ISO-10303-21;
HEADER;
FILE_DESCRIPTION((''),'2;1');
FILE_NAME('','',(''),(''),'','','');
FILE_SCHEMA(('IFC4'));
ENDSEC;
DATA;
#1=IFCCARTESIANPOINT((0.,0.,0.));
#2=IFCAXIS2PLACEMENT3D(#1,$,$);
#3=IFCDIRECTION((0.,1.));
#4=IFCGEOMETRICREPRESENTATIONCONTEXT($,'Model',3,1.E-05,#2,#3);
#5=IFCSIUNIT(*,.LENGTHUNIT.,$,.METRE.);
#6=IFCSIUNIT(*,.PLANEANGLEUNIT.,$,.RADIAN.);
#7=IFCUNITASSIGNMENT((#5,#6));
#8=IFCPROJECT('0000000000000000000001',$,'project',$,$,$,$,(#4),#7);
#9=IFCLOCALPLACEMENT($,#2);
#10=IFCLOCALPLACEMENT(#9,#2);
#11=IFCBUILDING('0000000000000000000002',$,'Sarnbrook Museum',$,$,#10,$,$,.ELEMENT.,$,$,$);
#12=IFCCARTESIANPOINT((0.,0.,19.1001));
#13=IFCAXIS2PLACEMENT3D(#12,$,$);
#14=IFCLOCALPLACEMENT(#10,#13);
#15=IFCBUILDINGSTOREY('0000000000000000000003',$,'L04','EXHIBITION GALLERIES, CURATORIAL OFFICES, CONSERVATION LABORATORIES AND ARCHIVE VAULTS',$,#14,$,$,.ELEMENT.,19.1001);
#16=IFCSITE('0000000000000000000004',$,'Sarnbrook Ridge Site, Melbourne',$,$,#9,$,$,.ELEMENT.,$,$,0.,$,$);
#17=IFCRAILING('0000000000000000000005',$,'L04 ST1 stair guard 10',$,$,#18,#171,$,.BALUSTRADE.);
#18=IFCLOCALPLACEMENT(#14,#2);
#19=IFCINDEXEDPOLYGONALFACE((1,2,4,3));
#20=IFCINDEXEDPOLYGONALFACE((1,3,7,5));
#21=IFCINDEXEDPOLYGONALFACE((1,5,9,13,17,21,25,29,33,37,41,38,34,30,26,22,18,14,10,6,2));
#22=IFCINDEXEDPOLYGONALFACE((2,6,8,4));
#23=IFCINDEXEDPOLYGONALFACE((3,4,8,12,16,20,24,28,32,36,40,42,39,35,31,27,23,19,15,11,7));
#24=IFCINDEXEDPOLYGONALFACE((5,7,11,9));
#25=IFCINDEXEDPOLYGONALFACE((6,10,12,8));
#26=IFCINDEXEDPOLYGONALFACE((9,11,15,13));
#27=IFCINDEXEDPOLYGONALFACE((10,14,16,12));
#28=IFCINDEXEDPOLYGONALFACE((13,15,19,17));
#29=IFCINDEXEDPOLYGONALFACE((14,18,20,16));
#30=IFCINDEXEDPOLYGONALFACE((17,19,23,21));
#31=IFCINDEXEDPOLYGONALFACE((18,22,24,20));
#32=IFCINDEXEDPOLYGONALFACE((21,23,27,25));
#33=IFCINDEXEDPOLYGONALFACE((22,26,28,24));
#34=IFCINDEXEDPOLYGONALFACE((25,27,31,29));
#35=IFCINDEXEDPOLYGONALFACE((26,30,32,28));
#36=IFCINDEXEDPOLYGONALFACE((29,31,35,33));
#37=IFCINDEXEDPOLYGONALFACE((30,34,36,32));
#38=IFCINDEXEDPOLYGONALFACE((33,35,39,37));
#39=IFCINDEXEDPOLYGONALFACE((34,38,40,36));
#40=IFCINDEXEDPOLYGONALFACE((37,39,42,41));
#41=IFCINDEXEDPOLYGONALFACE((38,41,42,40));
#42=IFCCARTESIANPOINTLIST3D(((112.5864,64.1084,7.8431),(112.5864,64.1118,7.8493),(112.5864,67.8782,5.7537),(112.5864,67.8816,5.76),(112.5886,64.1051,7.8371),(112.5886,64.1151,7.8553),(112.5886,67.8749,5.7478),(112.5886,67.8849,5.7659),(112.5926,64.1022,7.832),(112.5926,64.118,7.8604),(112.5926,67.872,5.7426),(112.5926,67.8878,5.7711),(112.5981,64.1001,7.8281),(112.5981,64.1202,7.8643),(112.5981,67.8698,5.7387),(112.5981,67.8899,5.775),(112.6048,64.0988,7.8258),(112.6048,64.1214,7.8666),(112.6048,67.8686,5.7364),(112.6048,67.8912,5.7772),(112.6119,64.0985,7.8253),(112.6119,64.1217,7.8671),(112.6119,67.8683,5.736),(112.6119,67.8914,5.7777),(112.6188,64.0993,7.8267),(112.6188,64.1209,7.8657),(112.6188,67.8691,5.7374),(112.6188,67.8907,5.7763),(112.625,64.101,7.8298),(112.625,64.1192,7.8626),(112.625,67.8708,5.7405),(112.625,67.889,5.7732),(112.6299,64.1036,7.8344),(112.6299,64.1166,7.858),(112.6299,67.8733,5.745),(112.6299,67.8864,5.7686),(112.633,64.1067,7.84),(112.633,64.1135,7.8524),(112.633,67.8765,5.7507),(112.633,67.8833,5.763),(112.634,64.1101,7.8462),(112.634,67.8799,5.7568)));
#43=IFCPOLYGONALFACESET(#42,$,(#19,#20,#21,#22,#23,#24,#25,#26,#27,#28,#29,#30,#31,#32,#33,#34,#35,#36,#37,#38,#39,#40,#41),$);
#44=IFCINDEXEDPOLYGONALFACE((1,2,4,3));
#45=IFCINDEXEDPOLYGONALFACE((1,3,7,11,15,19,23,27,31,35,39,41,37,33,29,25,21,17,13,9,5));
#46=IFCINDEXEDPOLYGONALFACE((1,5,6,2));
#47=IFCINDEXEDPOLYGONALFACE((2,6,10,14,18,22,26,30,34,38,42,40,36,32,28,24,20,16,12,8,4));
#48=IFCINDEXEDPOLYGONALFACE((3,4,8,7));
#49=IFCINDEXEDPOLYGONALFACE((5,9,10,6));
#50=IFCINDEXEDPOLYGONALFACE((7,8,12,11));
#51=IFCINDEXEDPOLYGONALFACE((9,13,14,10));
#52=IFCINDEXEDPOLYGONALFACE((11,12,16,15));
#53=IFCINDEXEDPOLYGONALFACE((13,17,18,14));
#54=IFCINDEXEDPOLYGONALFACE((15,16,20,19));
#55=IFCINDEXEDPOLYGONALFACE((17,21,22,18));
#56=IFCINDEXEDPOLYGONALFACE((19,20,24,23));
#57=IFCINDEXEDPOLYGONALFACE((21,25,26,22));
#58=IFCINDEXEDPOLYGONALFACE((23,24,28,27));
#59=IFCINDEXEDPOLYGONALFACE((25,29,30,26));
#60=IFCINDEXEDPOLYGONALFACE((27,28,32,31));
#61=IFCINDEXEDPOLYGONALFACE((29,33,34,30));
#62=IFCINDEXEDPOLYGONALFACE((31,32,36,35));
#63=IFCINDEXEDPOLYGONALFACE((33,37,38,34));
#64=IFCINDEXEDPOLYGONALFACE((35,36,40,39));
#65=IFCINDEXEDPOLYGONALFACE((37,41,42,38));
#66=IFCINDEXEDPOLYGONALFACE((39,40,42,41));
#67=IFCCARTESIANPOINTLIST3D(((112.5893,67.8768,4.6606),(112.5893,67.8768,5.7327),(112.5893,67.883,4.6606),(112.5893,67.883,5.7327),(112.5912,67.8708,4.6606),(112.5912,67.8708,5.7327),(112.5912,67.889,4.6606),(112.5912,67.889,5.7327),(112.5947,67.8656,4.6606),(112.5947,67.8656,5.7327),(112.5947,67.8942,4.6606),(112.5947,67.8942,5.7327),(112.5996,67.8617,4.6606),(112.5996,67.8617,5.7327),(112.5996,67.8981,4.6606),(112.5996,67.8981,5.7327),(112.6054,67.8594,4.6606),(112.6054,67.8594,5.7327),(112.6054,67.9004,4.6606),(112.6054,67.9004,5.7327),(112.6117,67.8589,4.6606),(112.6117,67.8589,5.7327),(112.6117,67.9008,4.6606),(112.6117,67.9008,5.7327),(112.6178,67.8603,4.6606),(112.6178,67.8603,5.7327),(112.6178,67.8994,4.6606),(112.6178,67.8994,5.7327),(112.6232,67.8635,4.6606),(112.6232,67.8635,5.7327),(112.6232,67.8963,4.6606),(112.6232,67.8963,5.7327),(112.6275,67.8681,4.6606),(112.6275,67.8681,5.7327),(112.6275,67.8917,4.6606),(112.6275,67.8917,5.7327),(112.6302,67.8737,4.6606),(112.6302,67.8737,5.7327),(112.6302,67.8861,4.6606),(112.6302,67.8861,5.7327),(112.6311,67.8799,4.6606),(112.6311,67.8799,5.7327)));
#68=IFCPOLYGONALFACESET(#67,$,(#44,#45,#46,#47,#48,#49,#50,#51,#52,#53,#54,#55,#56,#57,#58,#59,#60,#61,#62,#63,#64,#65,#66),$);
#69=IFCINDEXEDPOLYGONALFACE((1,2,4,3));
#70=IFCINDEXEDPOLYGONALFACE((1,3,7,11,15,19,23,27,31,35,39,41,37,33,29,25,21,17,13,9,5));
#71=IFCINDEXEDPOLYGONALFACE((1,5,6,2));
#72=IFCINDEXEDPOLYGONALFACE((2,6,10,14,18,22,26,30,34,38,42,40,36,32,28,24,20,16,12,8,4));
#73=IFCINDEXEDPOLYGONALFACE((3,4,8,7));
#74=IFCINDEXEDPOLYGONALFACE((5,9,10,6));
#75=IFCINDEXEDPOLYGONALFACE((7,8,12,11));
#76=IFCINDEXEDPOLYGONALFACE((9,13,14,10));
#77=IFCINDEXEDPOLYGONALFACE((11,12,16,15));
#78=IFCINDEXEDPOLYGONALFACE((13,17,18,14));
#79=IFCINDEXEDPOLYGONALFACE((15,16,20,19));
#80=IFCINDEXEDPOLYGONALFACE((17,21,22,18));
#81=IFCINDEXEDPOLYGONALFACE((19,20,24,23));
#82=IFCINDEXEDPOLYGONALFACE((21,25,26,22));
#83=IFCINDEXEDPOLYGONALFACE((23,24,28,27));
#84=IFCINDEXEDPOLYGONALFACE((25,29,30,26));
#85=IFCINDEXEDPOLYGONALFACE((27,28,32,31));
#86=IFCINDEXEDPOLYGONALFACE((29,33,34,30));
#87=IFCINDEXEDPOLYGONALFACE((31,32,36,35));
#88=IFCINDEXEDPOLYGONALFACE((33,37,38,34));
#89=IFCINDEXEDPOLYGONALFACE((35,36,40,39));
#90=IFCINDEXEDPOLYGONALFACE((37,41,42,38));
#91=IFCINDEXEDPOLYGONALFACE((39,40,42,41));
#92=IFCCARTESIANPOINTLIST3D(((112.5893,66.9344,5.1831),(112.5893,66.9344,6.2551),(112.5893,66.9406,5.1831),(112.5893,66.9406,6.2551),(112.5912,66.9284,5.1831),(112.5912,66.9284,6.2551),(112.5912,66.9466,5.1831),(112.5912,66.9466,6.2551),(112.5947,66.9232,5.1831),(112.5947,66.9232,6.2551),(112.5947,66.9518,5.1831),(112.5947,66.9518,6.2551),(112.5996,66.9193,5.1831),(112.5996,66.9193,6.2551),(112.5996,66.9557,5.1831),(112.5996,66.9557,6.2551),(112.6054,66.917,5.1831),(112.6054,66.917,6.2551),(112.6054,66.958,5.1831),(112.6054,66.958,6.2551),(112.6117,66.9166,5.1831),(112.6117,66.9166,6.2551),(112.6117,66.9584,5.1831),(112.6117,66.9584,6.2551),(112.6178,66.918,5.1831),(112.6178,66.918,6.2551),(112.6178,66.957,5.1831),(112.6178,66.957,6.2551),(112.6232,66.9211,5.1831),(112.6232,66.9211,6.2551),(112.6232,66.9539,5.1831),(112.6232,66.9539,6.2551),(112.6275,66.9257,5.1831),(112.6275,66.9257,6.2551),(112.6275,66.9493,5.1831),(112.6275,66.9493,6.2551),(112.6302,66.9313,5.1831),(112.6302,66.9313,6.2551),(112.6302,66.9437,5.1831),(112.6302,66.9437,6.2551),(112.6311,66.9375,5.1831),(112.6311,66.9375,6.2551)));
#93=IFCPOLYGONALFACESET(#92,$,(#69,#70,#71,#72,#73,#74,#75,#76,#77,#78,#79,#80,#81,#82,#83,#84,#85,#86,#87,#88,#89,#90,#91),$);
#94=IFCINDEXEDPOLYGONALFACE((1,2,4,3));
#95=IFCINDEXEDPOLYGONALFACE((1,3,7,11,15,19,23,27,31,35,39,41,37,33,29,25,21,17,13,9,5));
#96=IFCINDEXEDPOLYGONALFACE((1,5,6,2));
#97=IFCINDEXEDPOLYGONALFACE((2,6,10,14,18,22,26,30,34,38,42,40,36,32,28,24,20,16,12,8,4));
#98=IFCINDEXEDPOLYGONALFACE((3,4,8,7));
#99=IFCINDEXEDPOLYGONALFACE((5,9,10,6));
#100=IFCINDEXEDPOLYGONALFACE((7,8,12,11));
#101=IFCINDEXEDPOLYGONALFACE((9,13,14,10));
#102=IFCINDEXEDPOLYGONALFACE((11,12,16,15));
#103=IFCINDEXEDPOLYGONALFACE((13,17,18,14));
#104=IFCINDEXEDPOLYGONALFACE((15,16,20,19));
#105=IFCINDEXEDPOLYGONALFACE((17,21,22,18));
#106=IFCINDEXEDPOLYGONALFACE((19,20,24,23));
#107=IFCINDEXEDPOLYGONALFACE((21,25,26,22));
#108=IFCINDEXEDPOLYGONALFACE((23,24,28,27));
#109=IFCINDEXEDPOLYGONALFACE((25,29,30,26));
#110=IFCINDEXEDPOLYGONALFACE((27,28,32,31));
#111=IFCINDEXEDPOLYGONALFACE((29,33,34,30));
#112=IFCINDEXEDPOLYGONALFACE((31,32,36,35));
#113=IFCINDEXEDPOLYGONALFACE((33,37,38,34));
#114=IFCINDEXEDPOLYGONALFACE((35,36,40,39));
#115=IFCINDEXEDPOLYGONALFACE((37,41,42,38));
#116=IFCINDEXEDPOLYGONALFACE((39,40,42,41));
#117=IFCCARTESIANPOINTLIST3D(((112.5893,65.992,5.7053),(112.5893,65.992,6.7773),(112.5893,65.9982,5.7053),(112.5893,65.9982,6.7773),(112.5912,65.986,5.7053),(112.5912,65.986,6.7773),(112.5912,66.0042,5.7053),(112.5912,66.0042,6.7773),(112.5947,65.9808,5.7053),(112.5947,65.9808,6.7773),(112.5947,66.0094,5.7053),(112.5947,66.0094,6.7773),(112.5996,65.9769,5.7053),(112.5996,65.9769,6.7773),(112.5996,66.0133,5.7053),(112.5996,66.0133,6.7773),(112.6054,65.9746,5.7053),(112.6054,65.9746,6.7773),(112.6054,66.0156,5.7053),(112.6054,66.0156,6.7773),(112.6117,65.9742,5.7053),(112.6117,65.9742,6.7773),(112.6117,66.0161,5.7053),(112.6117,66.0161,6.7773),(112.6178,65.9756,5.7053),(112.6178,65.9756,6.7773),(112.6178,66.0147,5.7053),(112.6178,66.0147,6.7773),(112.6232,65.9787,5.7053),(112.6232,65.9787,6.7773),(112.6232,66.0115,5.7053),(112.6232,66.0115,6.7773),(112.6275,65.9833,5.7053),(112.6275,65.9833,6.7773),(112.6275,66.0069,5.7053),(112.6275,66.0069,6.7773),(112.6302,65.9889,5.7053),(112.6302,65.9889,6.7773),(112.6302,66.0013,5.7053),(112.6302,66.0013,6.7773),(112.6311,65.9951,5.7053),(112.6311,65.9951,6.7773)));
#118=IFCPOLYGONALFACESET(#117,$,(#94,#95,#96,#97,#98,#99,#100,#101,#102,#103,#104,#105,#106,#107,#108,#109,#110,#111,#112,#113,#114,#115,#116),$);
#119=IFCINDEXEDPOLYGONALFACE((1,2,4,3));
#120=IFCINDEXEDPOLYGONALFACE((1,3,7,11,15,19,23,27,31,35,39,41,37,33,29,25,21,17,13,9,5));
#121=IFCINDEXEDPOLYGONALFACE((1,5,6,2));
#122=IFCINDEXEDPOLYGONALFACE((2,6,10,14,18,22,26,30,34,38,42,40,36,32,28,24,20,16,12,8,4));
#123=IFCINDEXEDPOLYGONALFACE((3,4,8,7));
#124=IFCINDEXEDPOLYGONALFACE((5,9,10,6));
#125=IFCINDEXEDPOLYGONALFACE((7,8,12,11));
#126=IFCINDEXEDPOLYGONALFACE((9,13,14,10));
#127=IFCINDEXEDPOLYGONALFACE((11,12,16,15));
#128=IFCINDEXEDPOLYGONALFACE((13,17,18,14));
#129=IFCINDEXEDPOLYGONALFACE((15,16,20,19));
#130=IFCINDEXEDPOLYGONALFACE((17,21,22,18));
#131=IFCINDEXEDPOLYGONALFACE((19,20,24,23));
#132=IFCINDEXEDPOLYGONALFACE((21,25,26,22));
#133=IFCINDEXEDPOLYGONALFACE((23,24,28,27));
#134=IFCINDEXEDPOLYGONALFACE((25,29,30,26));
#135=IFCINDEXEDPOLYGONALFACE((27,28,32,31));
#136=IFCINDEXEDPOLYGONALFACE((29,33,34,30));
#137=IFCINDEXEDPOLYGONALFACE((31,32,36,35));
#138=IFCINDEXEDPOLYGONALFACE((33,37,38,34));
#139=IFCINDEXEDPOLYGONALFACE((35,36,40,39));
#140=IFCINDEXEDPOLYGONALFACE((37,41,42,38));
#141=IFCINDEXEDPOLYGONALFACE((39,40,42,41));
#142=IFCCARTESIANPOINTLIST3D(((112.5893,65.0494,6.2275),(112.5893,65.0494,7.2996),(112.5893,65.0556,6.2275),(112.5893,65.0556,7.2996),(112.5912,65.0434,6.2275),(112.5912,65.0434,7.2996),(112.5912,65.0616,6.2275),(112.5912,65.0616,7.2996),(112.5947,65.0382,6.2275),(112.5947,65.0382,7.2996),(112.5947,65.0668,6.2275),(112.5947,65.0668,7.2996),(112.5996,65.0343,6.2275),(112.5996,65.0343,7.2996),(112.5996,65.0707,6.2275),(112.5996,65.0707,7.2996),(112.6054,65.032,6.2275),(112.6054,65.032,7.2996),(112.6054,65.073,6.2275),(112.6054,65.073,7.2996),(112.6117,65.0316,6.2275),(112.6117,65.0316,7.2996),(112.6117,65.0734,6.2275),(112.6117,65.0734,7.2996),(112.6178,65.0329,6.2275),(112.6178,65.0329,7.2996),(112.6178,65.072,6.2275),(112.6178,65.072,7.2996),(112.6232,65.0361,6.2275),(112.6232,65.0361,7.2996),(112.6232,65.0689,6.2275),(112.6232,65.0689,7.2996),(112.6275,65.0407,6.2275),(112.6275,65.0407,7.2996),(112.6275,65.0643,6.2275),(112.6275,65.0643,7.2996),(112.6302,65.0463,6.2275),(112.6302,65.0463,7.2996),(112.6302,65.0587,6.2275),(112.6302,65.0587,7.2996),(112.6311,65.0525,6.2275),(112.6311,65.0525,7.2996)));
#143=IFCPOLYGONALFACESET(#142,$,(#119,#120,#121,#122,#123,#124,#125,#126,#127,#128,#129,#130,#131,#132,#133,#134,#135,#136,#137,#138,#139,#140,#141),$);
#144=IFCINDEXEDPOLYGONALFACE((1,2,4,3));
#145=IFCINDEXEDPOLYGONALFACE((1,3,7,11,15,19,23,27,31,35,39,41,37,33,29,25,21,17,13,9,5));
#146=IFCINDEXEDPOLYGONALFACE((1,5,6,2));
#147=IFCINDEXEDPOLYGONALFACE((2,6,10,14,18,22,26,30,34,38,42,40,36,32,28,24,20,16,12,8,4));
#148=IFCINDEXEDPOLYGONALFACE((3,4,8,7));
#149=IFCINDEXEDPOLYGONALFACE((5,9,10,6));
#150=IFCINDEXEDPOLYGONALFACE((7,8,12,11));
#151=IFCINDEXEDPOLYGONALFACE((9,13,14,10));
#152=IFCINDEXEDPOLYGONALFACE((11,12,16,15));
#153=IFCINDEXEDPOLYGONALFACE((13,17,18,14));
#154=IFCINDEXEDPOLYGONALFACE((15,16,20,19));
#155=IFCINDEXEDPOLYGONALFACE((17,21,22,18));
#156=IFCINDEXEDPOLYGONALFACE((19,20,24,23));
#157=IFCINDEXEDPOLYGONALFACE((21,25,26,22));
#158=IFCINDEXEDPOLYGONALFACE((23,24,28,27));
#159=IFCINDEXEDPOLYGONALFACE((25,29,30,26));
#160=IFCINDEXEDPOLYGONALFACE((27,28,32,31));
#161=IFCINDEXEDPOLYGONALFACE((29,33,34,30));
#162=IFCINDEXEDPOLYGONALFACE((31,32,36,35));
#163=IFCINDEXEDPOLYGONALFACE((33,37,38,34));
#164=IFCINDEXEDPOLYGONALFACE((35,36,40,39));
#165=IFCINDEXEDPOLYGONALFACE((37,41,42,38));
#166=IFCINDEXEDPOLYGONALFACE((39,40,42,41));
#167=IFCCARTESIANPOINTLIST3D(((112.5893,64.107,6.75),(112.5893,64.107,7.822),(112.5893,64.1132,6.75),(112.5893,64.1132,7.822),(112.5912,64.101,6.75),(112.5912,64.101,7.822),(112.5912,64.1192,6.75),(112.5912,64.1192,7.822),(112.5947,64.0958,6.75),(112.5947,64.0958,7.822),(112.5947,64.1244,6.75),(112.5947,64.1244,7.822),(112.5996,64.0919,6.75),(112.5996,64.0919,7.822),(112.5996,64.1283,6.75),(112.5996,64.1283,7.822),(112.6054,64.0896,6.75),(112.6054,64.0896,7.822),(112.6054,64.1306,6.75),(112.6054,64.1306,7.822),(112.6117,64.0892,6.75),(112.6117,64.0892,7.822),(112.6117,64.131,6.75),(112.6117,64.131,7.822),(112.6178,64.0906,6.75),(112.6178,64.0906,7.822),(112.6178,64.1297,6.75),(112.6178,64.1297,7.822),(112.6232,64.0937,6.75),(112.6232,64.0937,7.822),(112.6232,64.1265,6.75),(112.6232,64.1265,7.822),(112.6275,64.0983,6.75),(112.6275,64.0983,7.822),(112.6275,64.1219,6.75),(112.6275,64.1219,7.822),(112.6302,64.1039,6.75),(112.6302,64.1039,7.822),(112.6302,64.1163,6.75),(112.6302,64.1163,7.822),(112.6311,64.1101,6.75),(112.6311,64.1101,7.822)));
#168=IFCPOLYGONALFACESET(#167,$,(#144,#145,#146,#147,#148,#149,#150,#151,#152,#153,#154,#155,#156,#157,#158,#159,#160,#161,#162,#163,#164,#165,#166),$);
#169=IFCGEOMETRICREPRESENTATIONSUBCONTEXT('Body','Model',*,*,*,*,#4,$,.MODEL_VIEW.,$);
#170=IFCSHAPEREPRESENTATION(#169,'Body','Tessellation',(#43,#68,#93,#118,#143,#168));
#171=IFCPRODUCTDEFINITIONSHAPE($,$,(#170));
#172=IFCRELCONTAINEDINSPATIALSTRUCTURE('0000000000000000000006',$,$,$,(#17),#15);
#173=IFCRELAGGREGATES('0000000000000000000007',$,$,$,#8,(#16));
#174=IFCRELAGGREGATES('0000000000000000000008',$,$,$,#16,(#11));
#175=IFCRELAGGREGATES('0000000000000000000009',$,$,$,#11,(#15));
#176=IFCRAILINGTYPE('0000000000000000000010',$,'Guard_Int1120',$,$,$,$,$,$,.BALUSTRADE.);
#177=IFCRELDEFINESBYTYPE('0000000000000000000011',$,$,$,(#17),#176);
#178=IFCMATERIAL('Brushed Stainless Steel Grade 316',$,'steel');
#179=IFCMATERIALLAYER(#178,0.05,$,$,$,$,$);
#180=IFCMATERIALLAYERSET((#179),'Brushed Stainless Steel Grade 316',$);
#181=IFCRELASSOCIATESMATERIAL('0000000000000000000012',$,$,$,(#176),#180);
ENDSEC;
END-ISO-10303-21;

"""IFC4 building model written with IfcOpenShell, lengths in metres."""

from ifc_helpers import new_model, si_unit, direction, frame, origin, origin_2d, place, context, subcontext, project, spatial, circle, extrude, material, layer, layer_set, type_object, element, save


model = new_model("IFC4")

# Units and contexts
model_context = context("Model", 3, precision=1e-05, world=origin(), true_north=direction((0.0, 1.0)))
body_context = subcontext(model_context, "Body", "Model", "MODEL_VIEW")
ifc_project = project(units=[si_unit("LENGTHUNIT", "METRE"), si_unit("PLANEANGLEUNIT", "RADIAN")], contexts=[model_context])

# Site, building, storey
site_placement = place(None, origin())
site = spatial("IfcSite", under=ifc_project, at=site_placement, Name="Sarnbrook Ridge Site, Melbourne", CompositionType="ELEMENT", RefElevation=0.0)
building_placement = place(site_placement, origin())
building = spatial("IfcBuilding", under=site, at=building_placement, Name="Sarnbrook Museum", CompositionType="ELEMENT")
storey_placement = place(building_placement, frame((0.0, 0.0, 19.1001)))
storey = spatial("IfcBuildingStorey", under=building, at=storey_placement, Name="L04", Description="EXHIBITION GALLERIES, CURATORIAL OFFICES, CONSERVATION LABORATORIES AND ARCHIVE VAULTS", CompositionType="ELEMENT", Elevation=19.1001)

# Railing
ifc_material_1 = material(Name="Brushed Stainless Steel Grade 316", Category="steel")
ifc_layer_1 = layer(ifc_material_1, 0.05)
ifc_layer_set_1 = layer_set([ifc_layer_1], Name="Brushed Stainless Steel Grade 316")
railing_type = type_object("IfcRailingType", Name="Guard_Int1120", PredefinedType="BALUSTRADE", material=ifc_layer_set_1)
railing_1_placement = place(storey_placement, frame((112.6101, 67.8799, 4.6606)))
element("IfcRailing", 1, at=railing_1_placement, inside=storey, type_object=railing_type, Name="L04 ST1 stair guard 10", PredefinedType="BALUSTRADE", context=body_context, shape_type="SweptSolid", body=[
    extrude(circle(Radius=0.0239, at=origin_2d()), frame((0.0, 0.0, 1.0962), z_axis=(0.0, -0.874646, 0.484763), x_axis=(1.0, 0.0, 0.0)), (0.0, 0.0, 1.0), 4.3101),
    extrude(circle(Radius=0.021, at=origin_2d()), origin(), (0.0, 0.0, 1.0), 1.072),
    extrude(circle(Radius=0.021, at=origin_2d()), frame((0.0, -0.9424, 0.5225)), (0.0, 0.0, 1.0), 1.072),
    extrude(circle(Radius=0.021, at=origin_2d()), frame((0.0, -1.8848, 1.0447)), (0.0, 0.0, 1.0), 1.072),
    extrude(circle(Radius=0.021, at=origin_2d()), frame((0.0, -2.8274, 1.5669)), (0.0, 0.0, 1.0), 1.072),
    extrude(circle(Radius=0.021, at=origin_2d()), frame((0.0, -3.7698, 2.0894)), (0.0, 0.0, 1.0), 1.072),
])

save(model, "model.ifc")
